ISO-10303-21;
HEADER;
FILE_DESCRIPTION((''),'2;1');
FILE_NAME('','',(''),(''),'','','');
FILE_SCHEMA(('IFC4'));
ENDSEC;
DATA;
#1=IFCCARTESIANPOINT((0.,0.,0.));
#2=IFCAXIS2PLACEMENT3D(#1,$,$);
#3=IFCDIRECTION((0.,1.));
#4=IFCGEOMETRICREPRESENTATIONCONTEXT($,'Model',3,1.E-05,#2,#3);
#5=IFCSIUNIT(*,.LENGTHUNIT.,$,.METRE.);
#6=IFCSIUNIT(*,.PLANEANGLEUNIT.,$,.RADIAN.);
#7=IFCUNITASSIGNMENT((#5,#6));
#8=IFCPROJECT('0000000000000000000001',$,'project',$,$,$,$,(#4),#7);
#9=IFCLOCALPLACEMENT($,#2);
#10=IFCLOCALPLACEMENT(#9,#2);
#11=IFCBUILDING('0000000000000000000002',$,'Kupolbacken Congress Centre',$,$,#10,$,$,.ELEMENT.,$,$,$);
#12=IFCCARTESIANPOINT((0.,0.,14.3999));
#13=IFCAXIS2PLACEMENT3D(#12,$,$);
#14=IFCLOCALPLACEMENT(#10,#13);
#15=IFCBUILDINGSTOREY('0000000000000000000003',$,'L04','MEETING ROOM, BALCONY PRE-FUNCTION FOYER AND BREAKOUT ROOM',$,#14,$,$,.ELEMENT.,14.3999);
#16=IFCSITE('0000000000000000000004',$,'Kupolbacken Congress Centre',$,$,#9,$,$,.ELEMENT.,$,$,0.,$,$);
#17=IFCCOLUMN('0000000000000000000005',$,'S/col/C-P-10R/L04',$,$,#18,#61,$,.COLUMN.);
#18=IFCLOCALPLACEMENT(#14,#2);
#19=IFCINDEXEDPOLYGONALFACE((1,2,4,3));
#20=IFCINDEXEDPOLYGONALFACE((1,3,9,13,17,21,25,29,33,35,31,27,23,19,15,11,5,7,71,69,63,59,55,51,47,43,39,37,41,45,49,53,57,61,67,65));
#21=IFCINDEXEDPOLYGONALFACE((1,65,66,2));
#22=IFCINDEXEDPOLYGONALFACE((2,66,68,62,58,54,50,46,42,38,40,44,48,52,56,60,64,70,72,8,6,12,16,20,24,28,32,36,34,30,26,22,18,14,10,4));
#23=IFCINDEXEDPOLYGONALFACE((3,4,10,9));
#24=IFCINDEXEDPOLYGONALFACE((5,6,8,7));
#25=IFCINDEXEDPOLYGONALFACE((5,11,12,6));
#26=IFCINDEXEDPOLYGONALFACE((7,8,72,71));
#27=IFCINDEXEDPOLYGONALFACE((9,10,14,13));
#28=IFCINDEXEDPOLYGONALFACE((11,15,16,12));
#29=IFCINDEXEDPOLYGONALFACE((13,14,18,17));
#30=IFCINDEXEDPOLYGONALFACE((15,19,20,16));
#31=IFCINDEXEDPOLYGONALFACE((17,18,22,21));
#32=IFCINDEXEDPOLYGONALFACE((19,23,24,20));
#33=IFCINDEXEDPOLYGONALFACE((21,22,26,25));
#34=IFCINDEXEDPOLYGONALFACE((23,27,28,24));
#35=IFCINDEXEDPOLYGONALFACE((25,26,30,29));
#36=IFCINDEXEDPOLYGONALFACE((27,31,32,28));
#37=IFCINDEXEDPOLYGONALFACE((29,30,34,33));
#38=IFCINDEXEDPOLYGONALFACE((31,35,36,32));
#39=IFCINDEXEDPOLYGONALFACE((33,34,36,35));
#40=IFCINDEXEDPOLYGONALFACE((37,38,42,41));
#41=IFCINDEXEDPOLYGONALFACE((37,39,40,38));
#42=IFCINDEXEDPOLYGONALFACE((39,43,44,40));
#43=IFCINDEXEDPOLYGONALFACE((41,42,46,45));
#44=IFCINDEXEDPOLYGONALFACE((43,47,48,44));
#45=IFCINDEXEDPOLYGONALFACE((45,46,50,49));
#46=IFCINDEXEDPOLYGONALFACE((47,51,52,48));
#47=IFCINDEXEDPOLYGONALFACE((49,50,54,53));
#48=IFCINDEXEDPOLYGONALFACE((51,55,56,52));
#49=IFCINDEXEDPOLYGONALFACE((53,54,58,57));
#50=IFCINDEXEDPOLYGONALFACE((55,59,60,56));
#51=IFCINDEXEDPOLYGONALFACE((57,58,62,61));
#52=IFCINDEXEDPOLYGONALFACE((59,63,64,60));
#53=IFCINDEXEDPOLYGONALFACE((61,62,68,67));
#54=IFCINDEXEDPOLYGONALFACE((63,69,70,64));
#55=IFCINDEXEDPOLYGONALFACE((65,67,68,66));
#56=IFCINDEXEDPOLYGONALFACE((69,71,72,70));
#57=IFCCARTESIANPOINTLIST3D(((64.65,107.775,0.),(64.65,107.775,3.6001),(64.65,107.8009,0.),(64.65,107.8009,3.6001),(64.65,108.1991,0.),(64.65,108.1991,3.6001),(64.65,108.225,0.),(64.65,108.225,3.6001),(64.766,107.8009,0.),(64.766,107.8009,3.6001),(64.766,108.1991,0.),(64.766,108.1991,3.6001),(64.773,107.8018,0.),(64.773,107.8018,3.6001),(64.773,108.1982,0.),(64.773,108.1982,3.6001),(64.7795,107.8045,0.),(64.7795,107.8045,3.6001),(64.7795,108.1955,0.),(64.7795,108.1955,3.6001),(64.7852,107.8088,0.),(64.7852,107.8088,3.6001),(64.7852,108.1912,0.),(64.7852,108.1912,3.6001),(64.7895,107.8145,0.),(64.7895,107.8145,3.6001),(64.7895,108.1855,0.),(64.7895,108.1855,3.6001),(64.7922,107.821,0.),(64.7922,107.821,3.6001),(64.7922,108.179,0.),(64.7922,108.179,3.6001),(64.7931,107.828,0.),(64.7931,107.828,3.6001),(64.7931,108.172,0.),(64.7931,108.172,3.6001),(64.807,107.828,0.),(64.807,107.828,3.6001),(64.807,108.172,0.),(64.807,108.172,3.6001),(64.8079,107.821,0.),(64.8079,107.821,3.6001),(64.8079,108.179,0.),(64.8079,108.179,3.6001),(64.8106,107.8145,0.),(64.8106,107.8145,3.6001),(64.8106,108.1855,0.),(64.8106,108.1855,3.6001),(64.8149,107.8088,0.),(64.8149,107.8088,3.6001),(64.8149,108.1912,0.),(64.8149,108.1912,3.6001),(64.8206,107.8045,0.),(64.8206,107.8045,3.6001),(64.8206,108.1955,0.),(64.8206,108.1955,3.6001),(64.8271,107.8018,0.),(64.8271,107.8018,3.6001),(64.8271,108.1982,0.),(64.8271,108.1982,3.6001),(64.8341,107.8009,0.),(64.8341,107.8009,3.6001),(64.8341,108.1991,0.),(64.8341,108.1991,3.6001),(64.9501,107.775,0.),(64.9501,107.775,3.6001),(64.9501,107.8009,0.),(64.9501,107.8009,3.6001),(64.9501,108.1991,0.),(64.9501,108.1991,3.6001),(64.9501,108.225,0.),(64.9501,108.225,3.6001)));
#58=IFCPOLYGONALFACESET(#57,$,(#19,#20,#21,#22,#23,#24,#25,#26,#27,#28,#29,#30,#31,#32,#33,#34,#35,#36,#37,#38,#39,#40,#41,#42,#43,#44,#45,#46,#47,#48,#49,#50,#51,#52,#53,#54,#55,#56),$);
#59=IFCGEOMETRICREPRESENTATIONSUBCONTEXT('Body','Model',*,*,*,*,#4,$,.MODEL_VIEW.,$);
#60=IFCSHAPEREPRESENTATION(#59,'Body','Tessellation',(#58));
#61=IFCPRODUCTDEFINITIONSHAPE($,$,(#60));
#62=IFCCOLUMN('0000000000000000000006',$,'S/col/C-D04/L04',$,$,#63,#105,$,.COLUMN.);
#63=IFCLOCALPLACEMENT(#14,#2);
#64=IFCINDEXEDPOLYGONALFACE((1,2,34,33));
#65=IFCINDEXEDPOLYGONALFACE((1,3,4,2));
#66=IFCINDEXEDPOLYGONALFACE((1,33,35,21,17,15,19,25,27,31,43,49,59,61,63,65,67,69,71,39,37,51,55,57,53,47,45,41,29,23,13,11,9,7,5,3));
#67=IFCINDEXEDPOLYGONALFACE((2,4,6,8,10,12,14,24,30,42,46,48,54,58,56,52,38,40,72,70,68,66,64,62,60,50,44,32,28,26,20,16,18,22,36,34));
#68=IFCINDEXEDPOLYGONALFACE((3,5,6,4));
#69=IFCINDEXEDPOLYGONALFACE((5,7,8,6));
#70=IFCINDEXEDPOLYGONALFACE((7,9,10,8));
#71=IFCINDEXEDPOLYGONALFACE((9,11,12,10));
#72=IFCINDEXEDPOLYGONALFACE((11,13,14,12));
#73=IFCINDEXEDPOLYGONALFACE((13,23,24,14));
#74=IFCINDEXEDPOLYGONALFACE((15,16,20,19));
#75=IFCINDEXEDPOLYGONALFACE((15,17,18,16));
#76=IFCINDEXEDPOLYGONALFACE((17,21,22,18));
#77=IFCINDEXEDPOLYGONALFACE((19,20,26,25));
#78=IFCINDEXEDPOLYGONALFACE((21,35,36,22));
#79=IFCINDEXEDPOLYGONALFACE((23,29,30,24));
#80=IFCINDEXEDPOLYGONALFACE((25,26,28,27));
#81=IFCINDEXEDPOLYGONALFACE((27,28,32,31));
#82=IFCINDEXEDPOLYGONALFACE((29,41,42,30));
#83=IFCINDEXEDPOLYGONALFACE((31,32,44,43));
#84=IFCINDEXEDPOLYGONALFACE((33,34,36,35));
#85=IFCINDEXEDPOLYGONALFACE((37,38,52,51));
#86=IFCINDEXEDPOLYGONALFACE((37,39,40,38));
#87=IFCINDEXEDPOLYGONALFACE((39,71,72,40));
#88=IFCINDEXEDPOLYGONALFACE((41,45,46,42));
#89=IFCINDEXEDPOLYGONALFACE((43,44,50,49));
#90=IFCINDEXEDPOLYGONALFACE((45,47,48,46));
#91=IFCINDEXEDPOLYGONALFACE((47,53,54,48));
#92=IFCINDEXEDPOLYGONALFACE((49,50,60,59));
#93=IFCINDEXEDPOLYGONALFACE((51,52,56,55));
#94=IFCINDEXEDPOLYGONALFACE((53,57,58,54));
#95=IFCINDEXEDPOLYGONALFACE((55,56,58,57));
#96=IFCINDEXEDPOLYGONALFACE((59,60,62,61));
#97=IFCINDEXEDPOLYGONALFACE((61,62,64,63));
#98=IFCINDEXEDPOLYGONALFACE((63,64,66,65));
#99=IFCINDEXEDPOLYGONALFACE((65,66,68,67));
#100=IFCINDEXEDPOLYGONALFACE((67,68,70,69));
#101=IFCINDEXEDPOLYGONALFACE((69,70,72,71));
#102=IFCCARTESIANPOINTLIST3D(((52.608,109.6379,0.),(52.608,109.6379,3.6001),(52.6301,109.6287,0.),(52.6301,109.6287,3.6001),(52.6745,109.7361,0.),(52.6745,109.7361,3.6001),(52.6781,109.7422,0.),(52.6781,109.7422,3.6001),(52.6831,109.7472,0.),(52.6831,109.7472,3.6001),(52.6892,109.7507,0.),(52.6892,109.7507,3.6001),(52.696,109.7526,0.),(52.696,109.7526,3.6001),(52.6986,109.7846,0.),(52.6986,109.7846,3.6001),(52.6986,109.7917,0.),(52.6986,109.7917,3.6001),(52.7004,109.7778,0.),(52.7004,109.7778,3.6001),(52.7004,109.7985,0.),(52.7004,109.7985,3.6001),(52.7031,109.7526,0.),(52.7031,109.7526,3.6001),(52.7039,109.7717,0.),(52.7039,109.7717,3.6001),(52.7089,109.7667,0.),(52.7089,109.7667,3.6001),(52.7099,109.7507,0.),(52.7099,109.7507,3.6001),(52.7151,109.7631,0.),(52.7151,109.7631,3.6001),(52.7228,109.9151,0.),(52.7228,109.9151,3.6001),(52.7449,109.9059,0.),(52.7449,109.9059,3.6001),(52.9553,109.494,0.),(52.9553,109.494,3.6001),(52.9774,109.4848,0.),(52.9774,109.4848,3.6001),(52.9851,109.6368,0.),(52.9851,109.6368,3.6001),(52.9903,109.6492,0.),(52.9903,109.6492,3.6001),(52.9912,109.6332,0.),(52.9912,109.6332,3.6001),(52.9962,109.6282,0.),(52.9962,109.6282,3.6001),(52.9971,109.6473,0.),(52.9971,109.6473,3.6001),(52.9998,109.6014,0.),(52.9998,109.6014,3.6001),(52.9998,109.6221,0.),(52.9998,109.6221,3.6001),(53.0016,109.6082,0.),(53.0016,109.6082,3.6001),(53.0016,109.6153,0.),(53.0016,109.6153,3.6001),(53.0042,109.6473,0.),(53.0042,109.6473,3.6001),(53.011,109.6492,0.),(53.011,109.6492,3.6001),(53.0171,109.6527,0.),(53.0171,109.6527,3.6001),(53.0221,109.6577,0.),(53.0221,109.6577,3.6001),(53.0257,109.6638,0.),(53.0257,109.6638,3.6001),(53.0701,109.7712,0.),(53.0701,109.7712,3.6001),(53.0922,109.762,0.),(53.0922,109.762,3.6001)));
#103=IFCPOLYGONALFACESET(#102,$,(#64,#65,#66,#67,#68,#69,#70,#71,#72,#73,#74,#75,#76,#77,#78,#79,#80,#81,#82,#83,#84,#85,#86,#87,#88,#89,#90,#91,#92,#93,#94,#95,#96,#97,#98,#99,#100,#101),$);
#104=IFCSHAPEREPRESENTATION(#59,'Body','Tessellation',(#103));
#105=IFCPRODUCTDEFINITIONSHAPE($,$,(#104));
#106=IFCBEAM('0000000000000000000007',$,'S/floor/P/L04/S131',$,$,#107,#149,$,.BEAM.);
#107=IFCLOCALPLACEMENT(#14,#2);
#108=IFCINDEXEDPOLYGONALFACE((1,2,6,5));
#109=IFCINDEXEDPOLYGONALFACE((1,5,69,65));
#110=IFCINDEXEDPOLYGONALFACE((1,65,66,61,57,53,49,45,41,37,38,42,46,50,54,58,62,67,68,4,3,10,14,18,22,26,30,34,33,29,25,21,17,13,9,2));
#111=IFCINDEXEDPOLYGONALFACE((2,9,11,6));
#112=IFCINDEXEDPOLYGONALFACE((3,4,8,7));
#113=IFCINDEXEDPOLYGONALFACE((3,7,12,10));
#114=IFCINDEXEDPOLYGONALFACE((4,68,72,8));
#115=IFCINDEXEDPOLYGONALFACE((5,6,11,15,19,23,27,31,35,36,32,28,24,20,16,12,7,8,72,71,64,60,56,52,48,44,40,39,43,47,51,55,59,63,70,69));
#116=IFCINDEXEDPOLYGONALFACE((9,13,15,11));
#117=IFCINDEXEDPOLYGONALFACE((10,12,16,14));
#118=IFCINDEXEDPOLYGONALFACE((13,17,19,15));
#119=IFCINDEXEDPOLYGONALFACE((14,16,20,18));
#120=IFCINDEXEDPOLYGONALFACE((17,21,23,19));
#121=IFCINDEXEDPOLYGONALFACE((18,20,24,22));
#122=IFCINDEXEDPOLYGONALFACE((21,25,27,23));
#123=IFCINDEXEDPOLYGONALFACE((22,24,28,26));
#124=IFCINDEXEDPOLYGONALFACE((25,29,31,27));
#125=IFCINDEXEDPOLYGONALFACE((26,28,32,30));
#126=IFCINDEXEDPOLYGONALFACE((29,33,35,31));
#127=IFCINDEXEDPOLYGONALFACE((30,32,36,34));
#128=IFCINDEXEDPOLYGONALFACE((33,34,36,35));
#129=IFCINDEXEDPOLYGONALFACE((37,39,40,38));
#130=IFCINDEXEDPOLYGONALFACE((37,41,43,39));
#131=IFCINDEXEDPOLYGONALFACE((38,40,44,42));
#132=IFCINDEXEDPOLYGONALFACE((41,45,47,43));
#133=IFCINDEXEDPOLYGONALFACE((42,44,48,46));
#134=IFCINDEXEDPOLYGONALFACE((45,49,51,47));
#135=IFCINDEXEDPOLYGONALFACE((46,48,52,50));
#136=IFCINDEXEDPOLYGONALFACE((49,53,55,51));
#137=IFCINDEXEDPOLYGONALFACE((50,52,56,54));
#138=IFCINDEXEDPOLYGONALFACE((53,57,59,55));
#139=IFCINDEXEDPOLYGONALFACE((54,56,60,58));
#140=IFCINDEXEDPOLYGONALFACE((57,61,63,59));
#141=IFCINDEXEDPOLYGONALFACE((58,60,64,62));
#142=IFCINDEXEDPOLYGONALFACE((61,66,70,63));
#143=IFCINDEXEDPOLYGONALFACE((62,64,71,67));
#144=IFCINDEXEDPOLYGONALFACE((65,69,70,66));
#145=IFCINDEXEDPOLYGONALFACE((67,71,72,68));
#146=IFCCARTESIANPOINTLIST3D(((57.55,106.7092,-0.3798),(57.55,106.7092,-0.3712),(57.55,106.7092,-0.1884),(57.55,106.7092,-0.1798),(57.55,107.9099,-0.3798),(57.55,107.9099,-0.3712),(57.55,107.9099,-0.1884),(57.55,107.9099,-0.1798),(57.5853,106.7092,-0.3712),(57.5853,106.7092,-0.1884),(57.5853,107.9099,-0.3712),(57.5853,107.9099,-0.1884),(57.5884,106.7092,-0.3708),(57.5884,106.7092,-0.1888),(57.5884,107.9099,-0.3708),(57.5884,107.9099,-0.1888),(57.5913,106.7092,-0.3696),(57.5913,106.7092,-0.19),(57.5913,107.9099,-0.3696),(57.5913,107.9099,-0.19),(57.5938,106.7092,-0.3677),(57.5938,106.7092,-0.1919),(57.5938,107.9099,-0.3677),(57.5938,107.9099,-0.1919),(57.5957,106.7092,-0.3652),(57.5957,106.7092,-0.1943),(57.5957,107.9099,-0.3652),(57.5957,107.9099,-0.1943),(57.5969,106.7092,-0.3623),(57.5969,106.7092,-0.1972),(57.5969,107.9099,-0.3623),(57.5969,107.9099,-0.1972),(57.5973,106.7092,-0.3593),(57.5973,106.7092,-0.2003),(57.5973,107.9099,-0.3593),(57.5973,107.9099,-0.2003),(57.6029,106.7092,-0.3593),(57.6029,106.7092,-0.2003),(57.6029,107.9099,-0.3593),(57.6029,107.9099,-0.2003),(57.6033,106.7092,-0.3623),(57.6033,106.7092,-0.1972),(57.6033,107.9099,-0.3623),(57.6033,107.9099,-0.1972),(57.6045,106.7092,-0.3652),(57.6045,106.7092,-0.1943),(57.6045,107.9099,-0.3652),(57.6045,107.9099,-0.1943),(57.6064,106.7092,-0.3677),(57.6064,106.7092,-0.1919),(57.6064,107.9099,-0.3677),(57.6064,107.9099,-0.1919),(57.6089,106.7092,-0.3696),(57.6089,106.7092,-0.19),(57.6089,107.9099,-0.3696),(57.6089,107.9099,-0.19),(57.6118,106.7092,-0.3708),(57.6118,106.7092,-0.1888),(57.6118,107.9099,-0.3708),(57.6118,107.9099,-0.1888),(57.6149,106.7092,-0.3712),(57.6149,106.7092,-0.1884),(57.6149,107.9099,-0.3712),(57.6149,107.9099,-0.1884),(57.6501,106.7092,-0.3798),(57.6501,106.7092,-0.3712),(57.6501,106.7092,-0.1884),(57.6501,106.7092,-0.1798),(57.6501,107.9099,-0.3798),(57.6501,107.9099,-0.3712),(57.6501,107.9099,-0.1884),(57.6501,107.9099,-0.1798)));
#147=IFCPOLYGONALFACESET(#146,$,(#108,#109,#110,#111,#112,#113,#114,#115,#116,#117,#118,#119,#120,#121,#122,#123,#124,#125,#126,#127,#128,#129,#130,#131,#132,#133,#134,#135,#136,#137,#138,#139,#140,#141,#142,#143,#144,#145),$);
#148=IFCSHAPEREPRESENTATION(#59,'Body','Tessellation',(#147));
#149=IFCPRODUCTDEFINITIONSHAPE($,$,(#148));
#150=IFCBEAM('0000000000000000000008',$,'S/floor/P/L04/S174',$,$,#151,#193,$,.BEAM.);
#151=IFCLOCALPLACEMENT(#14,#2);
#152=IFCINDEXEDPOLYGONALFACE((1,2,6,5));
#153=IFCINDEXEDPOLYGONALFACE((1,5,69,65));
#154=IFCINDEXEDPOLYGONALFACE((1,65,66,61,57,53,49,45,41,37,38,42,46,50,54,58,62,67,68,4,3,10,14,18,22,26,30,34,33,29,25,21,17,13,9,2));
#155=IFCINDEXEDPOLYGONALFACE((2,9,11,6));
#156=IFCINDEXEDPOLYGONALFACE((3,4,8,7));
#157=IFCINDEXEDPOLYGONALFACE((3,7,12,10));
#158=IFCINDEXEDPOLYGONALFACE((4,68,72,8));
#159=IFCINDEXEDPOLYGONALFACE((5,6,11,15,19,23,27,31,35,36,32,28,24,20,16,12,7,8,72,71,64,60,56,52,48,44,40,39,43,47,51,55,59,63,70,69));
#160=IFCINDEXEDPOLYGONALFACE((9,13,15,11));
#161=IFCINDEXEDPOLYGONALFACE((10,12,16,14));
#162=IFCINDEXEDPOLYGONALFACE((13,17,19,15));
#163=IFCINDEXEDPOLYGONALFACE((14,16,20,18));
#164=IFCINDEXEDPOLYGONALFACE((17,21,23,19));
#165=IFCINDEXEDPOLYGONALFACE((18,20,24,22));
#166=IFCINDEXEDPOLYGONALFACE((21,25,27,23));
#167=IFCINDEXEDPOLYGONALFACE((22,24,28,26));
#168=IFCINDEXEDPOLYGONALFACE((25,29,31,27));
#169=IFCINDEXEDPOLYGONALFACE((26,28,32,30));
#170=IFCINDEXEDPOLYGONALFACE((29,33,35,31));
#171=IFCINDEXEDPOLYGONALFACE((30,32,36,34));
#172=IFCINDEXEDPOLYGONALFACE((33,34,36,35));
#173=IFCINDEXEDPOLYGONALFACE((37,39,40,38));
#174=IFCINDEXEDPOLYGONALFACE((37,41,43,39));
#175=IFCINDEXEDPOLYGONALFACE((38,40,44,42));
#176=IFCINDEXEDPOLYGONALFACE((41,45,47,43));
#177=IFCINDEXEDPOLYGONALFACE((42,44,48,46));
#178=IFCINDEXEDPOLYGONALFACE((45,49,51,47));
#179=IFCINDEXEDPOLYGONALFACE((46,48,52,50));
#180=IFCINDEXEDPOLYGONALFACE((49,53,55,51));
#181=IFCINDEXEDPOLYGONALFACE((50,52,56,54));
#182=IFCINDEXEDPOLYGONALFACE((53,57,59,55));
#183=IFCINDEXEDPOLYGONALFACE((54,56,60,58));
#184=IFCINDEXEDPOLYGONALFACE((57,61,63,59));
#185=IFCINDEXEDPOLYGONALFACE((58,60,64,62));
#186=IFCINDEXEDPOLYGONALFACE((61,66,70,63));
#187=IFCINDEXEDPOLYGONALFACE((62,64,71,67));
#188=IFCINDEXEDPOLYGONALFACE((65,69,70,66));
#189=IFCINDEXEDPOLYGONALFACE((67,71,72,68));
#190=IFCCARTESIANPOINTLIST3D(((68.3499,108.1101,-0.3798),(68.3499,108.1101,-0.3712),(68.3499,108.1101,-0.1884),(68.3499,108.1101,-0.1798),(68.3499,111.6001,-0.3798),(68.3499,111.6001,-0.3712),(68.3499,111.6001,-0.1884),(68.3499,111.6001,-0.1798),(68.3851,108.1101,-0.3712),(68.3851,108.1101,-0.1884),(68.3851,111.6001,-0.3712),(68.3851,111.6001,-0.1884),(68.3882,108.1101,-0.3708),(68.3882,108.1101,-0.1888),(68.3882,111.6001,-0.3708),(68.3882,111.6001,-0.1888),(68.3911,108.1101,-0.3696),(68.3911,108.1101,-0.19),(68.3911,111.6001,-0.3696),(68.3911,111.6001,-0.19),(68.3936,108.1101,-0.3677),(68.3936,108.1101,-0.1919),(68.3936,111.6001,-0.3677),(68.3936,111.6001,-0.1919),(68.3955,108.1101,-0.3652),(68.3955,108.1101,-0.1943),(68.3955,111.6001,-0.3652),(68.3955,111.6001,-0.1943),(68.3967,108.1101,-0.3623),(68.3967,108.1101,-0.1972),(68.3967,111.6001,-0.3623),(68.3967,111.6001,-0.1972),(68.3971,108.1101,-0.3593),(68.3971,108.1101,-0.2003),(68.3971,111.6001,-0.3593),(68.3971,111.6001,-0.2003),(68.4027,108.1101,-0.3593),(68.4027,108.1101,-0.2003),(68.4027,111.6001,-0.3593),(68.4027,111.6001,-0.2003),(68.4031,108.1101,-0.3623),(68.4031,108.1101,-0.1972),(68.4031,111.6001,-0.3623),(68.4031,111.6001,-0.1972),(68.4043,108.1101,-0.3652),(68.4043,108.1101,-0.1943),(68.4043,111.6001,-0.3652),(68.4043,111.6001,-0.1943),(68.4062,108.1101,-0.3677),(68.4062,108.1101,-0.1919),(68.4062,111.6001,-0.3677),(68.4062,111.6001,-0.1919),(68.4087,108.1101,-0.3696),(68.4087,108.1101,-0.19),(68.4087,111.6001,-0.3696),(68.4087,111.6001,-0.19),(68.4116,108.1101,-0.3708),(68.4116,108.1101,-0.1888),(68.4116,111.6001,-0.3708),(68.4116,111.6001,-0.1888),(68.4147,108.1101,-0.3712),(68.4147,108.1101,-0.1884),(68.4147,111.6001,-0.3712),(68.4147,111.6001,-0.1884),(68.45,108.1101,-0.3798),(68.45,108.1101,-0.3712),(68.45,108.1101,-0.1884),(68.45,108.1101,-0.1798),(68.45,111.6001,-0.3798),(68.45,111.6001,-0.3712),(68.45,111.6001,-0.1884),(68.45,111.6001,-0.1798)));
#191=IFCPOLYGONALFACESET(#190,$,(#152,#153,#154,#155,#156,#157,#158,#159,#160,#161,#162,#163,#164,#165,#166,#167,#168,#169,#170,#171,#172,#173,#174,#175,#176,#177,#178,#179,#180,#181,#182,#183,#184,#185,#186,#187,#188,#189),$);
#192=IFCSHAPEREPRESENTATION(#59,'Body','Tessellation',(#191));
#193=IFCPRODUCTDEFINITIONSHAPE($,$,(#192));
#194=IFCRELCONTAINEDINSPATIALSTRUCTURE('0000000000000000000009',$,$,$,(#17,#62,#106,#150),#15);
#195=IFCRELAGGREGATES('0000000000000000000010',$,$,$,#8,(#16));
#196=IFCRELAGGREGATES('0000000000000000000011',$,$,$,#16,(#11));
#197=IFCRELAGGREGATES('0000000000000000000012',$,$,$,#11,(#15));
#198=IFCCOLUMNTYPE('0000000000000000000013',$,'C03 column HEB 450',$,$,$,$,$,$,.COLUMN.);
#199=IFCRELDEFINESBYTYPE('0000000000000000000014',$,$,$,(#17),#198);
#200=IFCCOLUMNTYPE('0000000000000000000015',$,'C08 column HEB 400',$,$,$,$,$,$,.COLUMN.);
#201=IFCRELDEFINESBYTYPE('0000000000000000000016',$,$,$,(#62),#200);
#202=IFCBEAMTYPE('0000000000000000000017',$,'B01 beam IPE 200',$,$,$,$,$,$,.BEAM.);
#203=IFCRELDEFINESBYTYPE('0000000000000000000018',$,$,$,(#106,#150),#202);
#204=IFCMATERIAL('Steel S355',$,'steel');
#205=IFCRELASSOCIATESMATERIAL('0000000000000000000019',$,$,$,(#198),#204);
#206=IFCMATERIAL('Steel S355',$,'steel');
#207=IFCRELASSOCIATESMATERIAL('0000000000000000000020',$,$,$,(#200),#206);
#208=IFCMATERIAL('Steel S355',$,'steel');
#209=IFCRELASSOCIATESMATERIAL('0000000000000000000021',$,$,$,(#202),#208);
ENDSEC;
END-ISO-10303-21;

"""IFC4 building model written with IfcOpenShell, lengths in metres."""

from ifc_helpers import new_model, si_unit, direction, frame, origin, origin_2d, place, context, subcontext, project, spatial, i_section, extrude, material, material_profile, profile_set, type_object, element, save


model = new_model("IFC4")

# Units and contexts
model_context = context("Model", 3, precision=1e-05, world=origin(), true_north=direction((0.0, 1.0)))
body_context = subcontext(model_context, "Body", "Model", "MODEL_VIEW")
ifc_project = project(units=[si_unit("LENGTHUNIT", "METRE"), si_unit("PLANEANGLEUNIT", "RADIAN")], contexts=[model_context])

# Site, building, storey
site_placement = place(None, origin())
site = spatial("IfcSite", under=ifc_project, at=site_placement, Name="Kupolbacken Congress Centre", CompositionType="ELEMENT", RefElevation=0.0)
building_placement = place(site_placement, origin())
building = spatial("IfcBuilding", under=site, at=building_placement, Name="Kupolbacken Congress Centre", CompositionType="ELEMENT")
storey_placement = place(building_placement, frame((0.0, 0.0, 14.3999)))
storey = spatial("IfcBuildingStorey", under=building, at=storey_placement, Name="L04", Description="MEETING ROOM, BALCONY PRE-FUNCTION FOYER AND BREAKOUT ROOM", CompositionType="ELEMENT", Elevation=14.3999)

# Columns
ifc_material_1 = material(Name="Steel S355", Category="steel")
ifc_material_profile_1 = material_profile(ifc_material_1, i_section(OverallWidth=0.3, OverallDepth=0.45, WebThickness=0.0139, FlangeThickness=0.0259, FilletRadius=0.0271, at=origin_2d()), Name="HEB 450")
ifc_profile_set_1 = profile_set([ifc_material_profile_1], Name="Steel S355")
column_type_1 = type_object("IfcColumnType", Name="C03 column HEB 450", PredefinedType="COLUMN", material=ifc_profile_set_1)
column_1_placement = place(storey_placement, frame((64.8, 108.0, 0.0), z_axis=(0.0, 0.0, 1.0), x_axis=(1.0, 0.0, 0.0)))
element("IfcColumn", 1, at=column_1_placement, inside=storey, type_object=column_type_1, Name="S/col/C-P-10R/L04", PredefinedType="COLUMN", context=body_context, shape_type="SweptSolid", body=[
    extrude(i_section(OverallWidth=0.3, OverallDepth=0.45, WebThickness=0.0139, FlangeThickness=0.0259, FilletRadius=0.0271, at=origin_2d()), origin(), (0.0, 0.0, 1.0), 3.6001),
])
ifc_material_2 = material(Name="Steel S355", Category="steel")
ifc_material_profile_2 = material_profile(ifc_material_2, i_section(OverallWidth=0.3, OverallDepth=0.3999, WebThickness=0.0134, FlangeThickness=0.0239, FilletRadius=0.0271, at=origin_2d()), Name="HEB 400")
ifc_profile_set_2 = profile_set([ifc_material_profile_2], Name="Steel S355")
column_type_2 = type_object("IfcColumnType", Name="C08 column HEB 400", PredefinedType="COLUMN", material=ifc_profile_set_2)
column_2_placement = place(storey_placement, frame((52.8501, 109.7, 0.0), z_axis=(0.0, 0.0, 1.0), x_axis=(0.382644, 0.923896, 0.0)))
element("IfcColumn", 2, at=column_2_placement, inside=storey, type_object=column_type_2, Name="S/col/C-D04/L04", PredefinedType="COLUMN", context=body_context, shape_type="SweptSolid", body=[
    extrude(i_section(OverallWidth=0.3, OverallDepth=0.3999, WebThickness=0.0134, FlangeThickness=0.0239, FilletRadius=0.0271, at=origin_2d()), origin(), (0.0, 0.0, 1.0), 3.6001),
])

# Beams
ifc_material_3 = material(Name="Steel S355", Category="steel")
ifc_material_profile_3 = material_profile(ifc_material_3, i_section(OverallWidth=0.1001, OverallDepth=0.2, WebThickness=0.0056, FlangeThickness=0.0085, FilletRadius=0.012, at=origin_2d()), Name="IPE 200")
ifc_profile_set_3 = profile_set([ifc_material_profile_3], Name="Steel S355")
beam_type_1 = type_object("IfcBeamType", Name="B01 beam IPE 200", PredefinedType="BEAM", material=ifc_profile_set_3)
beam_1_placement = place(storey_placement, frame((57.6001, 106.7092, -0.2798), z_axis=(0.0, 1.0, 0.0), x_axis=(-1.0, 0.0, 0.0)))
element("IfcBeam", 3, at=beam_1_placement, inside=storey, type_object=beam_type_1, Name="S/floor/P/L04/S131", PredefinedType="BEAM", context=body_context, shape_type="SweptSolid", body=[
    extrude(i_section(OverallWidth=0.1001, OverallDepth=0.2, WebThickness=0.0056, FlangeThickness=0.0085, FilletRadius=0.012, at=origin_2d()), origin(), (0.0, 0.0, 1.0), 1.2007),
])
beam_2_placement = place(storey_placement, frame((68.3999, 108.1101, -0.2798), z_axis=(0.0, 1.0, 0.0), x_axis=(-1.0, 0.0, 0.0)))
element("IfcBeam", 4, at=beam_2_placement, inside=storey, type_object=beam_type_1, Name="S/floor/P/L04/S174", PredefinedType="BEAM", context=body_context, shape_type="SweptSolid", body=[
    extrude(i_section(OverallWidth=0.1001, OverallDepth=0.2, WebThickness=0.0056, FlangeThickness=0.0085, FilletRadius=0.012, at=origin_2d()), origin(), (0.0, 0.0, 1.0), 3.49),
])

save(model, "model.ifc")
